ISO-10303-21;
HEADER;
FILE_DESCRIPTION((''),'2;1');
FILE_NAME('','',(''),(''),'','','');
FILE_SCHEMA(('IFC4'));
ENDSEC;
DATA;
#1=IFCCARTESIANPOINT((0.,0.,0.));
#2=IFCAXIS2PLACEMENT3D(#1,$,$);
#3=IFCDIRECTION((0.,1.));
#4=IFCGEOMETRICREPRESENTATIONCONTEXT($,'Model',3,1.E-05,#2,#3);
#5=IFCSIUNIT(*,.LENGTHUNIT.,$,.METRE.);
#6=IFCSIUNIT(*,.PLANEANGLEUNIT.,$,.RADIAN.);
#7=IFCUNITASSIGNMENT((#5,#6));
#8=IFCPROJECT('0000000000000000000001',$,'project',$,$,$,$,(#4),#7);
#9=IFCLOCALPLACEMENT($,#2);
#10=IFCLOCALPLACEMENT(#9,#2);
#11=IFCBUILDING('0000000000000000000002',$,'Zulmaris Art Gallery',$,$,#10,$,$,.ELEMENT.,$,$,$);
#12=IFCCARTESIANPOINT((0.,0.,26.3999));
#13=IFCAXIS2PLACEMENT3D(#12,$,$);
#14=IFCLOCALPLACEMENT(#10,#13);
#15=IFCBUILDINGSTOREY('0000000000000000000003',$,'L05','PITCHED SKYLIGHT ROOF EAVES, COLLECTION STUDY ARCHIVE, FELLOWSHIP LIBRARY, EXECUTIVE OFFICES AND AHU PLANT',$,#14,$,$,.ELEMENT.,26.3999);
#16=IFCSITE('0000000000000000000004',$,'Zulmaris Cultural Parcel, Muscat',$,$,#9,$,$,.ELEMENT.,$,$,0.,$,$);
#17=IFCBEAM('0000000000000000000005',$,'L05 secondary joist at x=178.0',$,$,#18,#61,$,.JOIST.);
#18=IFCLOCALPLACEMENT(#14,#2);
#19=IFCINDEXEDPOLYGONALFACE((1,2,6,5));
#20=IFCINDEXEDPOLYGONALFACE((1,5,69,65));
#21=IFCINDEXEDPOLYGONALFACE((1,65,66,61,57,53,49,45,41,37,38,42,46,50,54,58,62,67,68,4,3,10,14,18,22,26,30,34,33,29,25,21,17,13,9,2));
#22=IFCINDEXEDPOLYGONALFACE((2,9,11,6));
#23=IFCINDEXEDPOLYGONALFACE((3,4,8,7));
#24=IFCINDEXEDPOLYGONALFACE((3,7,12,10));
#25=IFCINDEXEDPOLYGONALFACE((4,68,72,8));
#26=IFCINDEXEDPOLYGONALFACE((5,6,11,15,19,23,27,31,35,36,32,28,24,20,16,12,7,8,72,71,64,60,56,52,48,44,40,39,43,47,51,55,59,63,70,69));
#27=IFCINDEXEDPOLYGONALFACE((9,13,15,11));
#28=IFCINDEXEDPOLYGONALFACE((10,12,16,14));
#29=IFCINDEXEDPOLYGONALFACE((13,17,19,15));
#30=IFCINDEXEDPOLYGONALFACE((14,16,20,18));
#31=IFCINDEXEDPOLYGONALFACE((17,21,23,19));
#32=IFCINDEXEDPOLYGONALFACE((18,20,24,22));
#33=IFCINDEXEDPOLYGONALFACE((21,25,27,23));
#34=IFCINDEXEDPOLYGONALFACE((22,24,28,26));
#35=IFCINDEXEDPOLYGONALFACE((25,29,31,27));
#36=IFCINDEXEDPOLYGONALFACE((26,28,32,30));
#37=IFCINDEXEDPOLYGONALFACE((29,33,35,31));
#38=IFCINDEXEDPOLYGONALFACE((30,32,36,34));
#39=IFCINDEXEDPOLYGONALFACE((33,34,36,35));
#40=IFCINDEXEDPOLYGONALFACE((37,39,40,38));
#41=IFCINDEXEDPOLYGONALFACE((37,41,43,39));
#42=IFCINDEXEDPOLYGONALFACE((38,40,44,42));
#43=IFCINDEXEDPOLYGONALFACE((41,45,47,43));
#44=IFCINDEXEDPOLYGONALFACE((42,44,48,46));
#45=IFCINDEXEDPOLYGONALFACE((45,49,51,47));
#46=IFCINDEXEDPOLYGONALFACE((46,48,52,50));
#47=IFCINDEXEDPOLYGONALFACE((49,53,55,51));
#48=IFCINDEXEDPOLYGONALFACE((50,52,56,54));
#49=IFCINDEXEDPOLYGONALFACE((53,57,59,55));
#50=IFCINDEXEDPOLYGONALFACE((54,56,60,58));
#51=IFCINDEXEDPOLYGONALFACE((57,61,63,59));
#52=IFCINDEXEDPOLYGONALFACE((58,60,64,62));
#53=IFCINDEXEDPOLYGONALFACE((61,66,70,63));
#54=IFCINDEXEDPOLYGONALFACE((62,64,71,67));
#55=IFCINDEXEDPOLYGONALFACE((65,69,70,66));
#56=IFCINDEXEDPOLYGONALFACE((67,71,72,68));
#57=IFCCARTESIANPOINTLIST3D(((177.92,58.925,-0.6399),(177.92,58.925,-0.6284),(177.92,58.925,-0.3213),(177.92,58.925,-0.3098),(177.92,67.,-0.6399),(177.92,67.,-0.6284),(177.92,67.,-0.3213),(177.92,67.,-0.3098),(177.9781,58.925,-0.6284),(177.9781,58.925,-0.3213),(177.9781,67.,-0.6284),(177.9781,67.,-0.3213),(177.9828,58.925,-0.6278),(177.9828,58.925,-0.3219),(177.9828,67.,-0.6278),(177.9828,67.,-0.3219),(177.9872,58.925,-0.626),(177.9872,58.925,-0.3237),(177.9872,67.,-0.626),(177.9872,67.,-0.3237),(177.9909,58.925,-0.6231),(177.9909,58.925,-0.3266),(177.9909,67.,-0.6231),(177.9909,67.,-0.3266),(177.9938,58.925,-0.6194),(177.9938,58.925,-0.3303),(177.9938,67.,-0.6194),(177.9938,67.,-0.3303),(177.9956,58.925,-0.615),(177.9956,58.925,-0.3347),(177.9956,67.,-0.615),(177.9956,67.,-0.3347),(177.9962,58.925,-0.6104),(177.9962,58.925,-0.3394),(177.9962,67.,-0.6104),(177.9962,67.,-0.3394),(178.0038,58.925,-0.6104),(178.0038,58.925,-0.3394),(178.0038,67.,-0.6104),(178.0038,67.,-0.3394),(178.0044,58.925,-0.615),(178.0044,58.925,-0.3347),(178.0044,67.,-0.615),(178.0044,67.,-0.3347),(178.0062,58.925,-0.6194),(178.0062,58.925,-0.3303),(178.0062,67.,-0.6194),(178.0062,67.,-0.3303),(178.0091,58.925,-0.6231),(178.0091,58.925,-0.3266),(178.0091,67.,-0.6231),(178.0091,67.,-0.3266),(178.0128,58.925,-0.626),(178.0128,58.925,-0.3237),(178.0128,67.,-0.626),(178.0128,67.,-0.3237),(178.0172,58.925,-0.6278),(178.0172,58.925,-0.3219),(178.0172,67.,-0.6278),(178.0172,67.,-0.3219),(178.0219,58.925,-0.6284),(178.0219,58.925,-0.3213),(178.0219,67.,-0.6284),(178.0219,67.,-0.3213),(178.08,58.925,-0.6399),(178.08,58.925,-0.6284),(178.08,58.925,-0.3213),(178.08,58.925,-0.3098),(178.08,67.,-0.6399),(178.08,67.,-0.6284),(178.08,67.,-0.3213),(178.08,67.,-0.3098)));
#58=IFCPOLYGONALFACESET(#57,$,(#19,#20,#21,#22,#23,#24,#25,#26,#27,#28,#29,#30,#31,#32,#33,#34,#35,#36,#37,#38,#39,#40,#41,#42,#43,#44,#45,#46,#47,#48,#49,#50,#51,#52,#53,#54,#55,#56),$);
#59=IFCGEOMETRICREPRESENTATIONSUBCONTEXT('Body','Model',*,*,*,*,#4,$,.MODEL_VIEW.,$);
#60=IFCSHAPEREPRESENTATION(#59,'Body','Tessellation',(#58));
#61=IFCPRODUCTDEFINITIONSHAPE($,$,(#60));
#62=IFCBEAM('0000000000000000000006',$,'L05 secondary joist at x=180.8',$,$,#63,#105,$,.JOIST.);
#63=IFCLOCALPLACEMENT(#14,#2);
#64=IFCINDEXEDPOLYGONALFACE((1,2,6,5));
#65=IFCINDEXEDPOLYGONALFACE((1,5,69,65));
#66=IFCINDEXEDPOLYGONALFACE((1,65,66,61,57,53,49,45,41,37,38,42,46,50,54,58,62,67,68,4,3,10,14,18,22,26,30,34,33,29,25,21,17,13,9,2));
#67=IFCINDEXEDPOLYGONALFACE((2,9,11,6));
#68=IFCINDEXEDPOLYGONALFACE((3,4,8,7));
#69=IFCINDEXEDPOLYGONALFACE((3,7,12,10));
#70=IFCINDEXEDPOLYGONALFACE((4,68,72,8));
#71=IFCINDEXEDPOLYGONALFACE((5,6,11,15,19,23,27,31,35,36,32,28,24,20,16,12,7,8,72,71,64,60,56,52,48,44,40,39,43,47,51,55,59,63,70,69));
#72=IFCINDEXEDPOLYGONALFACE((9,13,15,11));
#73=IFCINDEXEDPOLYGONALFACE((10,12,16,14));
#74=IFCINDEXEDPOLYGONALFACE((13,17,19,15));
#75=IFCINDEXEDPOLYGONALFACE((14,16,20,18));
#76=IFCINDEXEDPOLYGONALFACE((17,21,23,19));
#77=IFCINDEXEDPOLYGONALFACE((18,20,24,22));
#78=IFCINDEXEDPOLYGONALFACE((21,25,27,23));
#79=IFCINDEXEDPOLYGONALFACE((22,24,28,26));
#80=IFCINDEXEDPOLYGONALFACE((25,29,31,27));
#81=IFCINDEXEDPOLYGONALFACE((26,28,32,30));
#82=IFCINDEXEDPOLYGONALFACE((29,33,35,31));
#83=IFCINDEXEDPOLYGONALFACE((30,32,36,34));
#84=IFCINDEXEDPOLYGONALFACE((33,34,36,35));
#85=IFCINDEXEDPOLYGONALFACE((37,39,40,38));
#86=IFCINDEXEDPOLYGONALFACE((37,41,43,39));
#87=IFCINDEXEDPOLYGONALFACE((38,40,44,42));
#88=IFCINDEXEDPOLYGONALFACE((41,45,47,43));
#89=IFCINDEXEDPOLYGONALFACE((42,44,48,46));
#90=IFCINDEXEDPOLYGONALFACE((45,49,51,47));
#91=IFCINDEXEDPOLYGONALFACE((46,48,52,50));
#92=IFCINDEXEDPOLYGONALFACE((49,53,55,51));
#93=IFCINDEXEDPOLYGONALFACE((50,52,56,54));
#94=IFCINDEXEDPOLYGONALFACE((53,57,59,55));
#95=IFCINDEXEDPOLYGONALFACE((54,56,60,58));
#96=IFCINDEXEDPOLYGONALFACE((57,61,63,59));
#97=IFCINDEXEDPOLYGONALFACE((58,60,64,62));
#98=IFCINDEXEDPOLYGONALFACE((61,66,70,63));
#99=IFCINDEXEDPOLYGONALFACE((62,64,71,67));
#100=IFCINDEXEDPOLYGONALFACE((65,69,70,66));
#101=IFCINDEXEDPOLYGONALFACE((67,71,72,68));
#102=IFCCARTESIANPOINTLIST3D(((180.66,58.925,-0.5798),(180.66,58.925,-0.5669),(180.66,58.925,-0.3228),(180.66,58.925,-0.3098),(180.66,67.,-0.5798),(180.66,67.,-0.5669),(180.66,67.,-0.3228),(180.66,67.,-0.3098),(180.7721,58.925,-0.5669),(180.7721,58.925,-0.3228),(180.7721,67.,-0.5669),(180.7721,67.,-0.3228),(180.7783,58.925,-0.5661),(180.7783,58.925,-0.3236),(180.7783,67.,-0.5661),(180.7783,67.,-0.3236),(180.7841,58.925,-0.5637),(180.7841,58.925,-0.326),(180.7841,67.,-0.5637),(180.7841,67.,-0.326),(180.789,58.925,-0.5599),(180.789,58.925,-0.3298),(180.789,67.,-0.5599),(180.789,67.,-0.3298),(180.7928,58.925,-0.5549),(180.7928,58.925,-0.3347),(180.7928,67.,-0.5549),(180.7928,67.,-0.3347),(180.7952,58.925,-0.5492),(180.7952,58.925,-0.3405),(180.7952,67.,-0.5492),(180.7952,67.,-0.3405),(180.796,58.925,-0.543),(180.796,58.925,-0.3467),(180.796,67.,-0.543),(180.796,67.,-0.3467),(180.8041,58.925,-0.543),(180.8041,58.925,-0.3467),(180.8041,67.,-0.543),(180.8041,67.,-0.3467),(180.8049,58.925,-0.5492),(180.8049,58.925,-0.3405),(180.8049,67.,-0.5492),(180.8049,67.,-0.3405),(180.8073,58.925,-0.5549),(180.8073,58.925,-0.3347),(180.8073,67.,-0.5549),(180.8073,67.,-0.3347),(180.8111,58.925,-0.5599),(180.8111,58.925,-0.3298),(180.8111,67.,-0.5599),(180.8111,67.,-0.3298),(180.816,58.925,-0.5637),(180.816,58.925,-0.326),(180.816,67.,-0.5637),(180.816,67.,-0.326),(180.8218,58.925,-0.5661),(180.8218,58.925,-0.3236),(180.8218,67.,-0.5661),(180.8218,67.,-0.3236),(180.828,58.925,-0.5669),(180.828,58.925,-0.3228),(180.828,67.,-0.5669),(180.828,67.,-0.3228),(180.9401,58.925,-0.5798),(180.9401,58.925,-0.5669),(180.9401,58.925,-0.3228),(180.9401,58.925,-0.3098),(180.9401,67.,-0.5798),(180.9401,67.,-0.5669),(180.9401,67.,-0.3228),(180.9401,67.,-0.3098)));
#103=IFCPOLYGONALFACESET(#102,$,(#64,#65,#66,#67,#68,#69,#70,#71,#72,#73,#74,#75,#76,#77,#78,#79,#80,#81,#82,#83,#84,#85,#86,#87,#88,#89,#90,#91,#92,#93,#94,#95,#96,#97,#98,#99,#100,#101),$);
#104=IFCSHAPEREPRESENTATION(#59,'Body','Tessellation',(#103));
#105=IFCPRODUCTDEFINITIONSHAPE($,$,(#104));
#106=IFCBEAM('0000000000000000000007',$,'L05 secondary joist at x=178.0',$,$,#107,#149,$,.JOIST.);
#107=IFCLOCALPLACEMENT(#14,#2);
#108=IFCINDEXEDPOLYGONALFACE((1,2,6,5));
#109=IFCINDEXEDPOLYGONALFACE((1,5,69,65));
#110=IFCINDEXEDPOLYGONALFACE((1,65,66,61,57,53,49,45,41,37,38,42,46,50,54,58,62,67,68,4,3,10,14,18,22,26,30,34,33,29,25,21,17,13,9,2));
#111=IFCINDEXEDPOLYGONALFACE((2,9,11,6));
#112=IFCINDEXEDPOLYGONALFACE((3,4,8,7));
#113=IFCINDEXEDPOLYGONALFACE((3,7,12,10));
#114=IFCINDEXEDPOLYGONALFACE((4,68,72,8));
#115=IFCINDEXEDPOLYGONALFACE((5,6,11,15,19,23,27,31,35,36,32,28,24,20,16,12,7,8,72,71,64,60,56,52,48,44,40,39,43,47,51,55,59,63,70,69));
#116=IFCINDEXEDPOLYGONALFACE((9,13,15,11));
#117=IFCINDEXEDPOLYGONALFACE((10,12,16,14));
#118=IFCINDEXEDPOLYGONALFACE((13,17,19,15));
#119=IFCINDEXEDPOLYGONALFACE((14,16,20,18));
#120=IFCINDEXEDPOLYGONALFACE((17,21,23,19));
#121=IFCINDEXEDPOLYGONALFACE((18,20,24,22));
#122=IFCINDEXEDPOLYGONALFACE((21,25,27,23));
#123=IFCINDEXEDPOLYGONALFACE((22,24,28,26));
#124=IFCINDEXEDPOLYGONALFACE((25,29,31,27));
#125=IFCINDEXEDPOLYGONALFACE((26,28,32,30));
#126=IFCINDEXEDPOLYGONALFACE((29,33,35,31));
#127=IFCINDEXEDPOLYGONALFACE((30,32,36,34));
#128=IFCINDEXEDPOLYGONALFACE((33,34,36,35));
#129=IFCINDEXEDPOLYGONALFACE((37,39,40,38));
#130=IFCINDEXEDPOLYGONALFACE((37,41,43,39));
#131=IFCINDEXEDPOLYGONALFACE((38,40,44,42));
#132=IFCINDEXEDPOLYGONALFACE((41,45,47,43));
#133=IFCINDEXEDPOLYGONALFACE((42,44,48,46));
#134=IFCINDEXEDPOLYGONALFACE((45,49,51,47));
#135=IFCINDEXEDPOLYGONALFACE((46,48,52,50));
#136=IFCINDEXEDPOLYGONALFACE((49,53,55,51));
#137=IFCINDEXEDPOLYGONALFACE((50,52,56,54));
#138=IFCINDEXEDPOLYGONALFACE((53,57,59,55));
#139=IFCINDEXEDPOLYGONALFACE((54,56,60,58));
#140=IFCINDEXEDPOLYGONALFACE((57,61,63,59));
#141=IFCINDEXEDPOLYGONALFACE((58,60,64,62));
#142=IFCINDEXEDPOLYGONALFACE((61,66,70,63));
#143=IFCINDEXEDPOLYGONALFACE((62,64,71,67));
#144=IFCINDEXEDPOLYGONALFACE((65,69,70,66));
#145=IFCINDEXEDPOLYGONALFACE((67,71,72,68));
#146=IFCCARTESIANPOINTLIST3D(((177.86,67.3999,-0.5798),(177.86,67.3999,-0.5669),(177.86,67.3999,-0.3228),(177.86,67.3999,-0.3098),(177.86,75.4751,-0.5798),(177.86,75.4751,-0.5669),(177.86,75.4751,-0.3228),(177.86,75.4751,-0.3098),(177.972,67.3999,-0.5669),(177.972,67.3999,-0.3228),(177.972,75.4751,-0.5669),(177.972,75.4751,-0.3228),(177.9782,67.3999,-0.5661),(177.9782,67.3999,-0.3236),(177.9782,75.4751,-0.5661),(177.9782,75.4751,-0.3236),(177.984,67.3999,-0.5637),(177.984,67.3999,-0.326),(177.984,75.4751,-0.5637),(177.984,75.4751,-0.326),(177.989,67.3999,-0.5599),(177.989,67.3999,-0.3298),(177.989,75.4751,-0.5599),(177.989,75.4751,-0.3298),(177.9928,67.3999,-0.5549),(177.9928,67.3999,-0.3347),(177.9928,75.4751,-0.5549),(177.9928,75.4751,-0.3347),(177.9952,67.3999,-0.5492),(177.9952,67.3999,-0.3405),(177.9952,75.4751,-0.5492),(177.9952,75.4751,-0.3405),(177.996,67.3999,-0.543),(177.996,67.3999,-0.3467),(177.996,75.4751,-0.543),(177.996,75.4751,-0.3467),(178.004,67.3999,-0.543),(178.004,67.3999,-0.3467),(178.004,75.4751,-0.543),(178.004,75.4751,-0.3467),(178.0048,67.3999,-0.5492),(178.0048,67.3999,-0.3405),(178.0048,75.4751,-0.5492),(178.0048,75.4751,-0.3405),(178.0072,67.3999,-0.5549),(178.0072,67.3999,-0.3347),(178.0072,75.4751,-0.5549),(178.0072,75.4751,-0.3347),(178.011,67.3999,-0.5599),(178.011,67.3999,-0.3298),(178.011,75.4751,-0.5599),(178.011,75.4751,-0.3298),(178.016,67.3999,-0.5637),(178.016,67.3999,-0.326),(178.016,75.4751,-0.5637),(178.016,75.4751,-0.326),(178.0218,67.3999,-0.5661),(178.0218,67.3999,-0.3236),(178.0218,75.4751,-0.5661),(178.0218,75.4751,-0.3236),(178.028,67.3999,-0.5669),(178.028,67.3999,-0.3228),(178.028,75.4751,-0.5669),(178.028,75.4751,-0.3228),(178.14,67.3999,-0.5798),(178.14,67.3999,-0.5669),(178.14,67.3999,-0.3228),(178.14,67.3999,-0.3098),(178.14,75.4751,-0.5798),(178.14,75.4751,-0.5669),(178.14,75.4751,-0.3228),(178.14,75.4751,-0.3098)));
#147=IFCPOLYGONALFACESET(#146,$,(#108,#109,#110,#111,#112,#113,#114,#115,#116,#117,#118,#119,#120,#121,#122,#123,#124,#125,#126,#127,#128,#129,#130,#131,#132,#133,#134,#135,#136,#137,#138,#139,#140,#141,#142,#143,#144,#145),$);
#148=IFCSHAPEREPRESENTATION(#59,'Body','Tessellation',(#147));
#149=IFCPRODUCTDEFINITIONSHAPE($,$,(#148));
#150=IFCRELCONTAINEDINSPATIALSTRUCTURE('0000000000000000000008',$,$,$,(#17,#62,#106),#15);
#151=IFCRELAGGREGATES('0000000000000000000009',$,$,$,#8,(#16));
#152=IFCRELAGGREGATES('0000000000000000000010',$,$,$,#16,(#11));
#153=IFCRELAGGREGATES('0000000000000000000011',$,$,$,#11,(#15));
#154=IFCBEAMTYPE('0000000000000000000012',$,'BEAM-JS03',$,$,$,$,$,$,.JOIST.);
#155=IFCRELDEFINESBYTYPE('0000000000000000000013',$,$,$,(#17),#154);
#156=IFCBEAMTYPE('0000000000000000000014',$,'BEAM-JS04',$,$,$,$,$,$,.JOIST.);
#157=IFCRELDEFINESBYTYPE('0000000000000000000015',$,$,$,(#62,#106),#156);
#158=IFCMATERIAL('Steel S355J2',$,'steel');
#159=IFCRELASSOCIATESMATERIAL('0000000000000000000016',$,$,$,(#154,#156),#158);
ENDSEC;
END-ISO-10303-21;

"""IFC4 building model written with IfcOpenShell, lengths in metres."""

from ifc_helpers import new_model, si_unit, direction, frame, origin, origin_2d, place, context, subcontext, project, spatial, i_section, extrude, material, material_profile, profile_set, type_object, element, save


model = new_model("IFC4")

# Units and contexts
model_context = context("Model", 3, precision=1e-05, world=origin(), true_north=direction((0.0, 1.0)))
body_context = subcontext(model_context, "Body", "Model", "MODEL_VIEW")
ifc_project = project(units=[si_unit("LENGTHUNIT", "METRE"), si_unit("PLANEANGLEUNIT", "RADIAN")], contexts=[model_context])

# Site, building, storey
site_placement = place(None, origin())
site = spatial("IfcSite", under=ifc_project, at=site_placement, Name="Zulmaris Cultural Parcel, Muscat", CompositionType="ELEMENT", RefElevation=0.0)
building_placement = place(site_placement, origin())
building = spatial("IfcBuilding", under=site, at=building_placement, Name="Zulmaris Art Gallery", CompositionType="ELEMENT")
storey_placement = place(building_placement, frame((0.0, 0.0, 26.3999)))
storey = spatial("IfcBuildingStorey", under=building, at=storey_placement, Name="L05", Description="PITCHED SKYLIGHT ROOF EAVES, COLLECTION STUDY ARCHIVE, FELLOWSHIP LIBRARY, EXECUTIVE OFFICES AND AHU PLANT", CompositionType="ELEMENT", Elevation=26.3999)

# Beams
ifc_material_1 = material(Name="Steel S355J2", Category="steel")
ifc_material_profile_1 = material_profile(ifc_material_1, i_section(OverallWidth=0.1599, OverallDepth=0.3301, WebThickness=0.0076, FlangeThickness=0.0115, FilletRadius=0.0181, at=origin_2d()), Name="IPE 330")
ifc_profile_set_1 = profile_set([ifc_material_profile_1], Name="Steel S355J2")
beam_type_1 = type_object("IfcBeamType", Name="BEAM-JS03", PredefinedType="JOIST", material=ifc_profile_set_1)
beam_1_placement = place(storey_placement, frame((178.0, 58.925, -0.4749), z_axis=(0.0, 1.0, 0.0), x_axis=(-1.0, 0.0, 0.0)))
element("IfcBeam", 1, at=beam_1_placement, inside=storey, type_object=beam_type_1, Name="L05 secondary joist at x=178.0", PredefinedType="JOIST", context=body_context, shape_type="SweptSolid", body=[
    extrude(i_section(OverallWidth=0.1599, OverallDepth=0.3301, WebThickness=0.0076, FlangeThickness=0.0115, FilletRadius=0.0181, at=origin_2d()), origin(), (0.0, 0.0, 1.0), 8.075),
])
ifc_material_profile_2 = material_profile(ifc_material_1, i_section(OverallWidth=0.28, OverallDepth=0.27, WebThickness=0.0081, FlangeThickness=0.0129, FilletRadius=0.0239, at=origin_2d()), Name="HEA 280")
ifc_profile_set_2 = profile_set([ifc_material_profile_2], Name="Steel S355J2")
beam_type_2 = type_object("IfcBeamType", Name="BEAM-JS04", PredefinedType="JOIST", material=ifc_profile_set_2)
beam_2_placement = place(storey_placement, frame((180.8, 58.925, -0.4448), z_axis=(0.0, 1.0, 0.0), x_axis=(-1.0, 0.0, 0.0)))
element("IfcBeam", 2, at=beam_2_placement, inside=storey, type_object=beam_type_2, Name="L05 secondary joist at x=180.8", PredefinedType="JOIST", context=body_context, shape_type="SweptSolid", body=[
    extrude(i_section(OverallWidth=0.28, OverallDepth=0.27, WebThickness=0.0081, FlangeThickness=0.0129, FilletRadius=0.0239, at=origin_2d()), origin(), (0.0, 0.0, 1.0), 8.075),
])
beam_3_placement = place(storey_placement, frame((178.0, 67.3999, -0.4448), z_axis=(0.0, 1.0, 0.0), x_axis=(-1.0, 0.0, 0.0)))
element("IfcBeam", 3, at=beam_3_placement, inside=storey, type_object=beam_type_2, Name="L05 secondary joist at x=178.0", PredefinedType="JOIST", context=body_context, shape_type="SweptSolid", body=[
    extrude(i_section(OverallWidth=0.28, OverallDepth=0.27, WebThickness=0.0081, FlangeThickness=0.0129, FilletRadius=0.0239, at=origin_2d()), origin(), (0.0, 0.0, 1.0), 8.0752),
])

save(model, "model.ifc")
